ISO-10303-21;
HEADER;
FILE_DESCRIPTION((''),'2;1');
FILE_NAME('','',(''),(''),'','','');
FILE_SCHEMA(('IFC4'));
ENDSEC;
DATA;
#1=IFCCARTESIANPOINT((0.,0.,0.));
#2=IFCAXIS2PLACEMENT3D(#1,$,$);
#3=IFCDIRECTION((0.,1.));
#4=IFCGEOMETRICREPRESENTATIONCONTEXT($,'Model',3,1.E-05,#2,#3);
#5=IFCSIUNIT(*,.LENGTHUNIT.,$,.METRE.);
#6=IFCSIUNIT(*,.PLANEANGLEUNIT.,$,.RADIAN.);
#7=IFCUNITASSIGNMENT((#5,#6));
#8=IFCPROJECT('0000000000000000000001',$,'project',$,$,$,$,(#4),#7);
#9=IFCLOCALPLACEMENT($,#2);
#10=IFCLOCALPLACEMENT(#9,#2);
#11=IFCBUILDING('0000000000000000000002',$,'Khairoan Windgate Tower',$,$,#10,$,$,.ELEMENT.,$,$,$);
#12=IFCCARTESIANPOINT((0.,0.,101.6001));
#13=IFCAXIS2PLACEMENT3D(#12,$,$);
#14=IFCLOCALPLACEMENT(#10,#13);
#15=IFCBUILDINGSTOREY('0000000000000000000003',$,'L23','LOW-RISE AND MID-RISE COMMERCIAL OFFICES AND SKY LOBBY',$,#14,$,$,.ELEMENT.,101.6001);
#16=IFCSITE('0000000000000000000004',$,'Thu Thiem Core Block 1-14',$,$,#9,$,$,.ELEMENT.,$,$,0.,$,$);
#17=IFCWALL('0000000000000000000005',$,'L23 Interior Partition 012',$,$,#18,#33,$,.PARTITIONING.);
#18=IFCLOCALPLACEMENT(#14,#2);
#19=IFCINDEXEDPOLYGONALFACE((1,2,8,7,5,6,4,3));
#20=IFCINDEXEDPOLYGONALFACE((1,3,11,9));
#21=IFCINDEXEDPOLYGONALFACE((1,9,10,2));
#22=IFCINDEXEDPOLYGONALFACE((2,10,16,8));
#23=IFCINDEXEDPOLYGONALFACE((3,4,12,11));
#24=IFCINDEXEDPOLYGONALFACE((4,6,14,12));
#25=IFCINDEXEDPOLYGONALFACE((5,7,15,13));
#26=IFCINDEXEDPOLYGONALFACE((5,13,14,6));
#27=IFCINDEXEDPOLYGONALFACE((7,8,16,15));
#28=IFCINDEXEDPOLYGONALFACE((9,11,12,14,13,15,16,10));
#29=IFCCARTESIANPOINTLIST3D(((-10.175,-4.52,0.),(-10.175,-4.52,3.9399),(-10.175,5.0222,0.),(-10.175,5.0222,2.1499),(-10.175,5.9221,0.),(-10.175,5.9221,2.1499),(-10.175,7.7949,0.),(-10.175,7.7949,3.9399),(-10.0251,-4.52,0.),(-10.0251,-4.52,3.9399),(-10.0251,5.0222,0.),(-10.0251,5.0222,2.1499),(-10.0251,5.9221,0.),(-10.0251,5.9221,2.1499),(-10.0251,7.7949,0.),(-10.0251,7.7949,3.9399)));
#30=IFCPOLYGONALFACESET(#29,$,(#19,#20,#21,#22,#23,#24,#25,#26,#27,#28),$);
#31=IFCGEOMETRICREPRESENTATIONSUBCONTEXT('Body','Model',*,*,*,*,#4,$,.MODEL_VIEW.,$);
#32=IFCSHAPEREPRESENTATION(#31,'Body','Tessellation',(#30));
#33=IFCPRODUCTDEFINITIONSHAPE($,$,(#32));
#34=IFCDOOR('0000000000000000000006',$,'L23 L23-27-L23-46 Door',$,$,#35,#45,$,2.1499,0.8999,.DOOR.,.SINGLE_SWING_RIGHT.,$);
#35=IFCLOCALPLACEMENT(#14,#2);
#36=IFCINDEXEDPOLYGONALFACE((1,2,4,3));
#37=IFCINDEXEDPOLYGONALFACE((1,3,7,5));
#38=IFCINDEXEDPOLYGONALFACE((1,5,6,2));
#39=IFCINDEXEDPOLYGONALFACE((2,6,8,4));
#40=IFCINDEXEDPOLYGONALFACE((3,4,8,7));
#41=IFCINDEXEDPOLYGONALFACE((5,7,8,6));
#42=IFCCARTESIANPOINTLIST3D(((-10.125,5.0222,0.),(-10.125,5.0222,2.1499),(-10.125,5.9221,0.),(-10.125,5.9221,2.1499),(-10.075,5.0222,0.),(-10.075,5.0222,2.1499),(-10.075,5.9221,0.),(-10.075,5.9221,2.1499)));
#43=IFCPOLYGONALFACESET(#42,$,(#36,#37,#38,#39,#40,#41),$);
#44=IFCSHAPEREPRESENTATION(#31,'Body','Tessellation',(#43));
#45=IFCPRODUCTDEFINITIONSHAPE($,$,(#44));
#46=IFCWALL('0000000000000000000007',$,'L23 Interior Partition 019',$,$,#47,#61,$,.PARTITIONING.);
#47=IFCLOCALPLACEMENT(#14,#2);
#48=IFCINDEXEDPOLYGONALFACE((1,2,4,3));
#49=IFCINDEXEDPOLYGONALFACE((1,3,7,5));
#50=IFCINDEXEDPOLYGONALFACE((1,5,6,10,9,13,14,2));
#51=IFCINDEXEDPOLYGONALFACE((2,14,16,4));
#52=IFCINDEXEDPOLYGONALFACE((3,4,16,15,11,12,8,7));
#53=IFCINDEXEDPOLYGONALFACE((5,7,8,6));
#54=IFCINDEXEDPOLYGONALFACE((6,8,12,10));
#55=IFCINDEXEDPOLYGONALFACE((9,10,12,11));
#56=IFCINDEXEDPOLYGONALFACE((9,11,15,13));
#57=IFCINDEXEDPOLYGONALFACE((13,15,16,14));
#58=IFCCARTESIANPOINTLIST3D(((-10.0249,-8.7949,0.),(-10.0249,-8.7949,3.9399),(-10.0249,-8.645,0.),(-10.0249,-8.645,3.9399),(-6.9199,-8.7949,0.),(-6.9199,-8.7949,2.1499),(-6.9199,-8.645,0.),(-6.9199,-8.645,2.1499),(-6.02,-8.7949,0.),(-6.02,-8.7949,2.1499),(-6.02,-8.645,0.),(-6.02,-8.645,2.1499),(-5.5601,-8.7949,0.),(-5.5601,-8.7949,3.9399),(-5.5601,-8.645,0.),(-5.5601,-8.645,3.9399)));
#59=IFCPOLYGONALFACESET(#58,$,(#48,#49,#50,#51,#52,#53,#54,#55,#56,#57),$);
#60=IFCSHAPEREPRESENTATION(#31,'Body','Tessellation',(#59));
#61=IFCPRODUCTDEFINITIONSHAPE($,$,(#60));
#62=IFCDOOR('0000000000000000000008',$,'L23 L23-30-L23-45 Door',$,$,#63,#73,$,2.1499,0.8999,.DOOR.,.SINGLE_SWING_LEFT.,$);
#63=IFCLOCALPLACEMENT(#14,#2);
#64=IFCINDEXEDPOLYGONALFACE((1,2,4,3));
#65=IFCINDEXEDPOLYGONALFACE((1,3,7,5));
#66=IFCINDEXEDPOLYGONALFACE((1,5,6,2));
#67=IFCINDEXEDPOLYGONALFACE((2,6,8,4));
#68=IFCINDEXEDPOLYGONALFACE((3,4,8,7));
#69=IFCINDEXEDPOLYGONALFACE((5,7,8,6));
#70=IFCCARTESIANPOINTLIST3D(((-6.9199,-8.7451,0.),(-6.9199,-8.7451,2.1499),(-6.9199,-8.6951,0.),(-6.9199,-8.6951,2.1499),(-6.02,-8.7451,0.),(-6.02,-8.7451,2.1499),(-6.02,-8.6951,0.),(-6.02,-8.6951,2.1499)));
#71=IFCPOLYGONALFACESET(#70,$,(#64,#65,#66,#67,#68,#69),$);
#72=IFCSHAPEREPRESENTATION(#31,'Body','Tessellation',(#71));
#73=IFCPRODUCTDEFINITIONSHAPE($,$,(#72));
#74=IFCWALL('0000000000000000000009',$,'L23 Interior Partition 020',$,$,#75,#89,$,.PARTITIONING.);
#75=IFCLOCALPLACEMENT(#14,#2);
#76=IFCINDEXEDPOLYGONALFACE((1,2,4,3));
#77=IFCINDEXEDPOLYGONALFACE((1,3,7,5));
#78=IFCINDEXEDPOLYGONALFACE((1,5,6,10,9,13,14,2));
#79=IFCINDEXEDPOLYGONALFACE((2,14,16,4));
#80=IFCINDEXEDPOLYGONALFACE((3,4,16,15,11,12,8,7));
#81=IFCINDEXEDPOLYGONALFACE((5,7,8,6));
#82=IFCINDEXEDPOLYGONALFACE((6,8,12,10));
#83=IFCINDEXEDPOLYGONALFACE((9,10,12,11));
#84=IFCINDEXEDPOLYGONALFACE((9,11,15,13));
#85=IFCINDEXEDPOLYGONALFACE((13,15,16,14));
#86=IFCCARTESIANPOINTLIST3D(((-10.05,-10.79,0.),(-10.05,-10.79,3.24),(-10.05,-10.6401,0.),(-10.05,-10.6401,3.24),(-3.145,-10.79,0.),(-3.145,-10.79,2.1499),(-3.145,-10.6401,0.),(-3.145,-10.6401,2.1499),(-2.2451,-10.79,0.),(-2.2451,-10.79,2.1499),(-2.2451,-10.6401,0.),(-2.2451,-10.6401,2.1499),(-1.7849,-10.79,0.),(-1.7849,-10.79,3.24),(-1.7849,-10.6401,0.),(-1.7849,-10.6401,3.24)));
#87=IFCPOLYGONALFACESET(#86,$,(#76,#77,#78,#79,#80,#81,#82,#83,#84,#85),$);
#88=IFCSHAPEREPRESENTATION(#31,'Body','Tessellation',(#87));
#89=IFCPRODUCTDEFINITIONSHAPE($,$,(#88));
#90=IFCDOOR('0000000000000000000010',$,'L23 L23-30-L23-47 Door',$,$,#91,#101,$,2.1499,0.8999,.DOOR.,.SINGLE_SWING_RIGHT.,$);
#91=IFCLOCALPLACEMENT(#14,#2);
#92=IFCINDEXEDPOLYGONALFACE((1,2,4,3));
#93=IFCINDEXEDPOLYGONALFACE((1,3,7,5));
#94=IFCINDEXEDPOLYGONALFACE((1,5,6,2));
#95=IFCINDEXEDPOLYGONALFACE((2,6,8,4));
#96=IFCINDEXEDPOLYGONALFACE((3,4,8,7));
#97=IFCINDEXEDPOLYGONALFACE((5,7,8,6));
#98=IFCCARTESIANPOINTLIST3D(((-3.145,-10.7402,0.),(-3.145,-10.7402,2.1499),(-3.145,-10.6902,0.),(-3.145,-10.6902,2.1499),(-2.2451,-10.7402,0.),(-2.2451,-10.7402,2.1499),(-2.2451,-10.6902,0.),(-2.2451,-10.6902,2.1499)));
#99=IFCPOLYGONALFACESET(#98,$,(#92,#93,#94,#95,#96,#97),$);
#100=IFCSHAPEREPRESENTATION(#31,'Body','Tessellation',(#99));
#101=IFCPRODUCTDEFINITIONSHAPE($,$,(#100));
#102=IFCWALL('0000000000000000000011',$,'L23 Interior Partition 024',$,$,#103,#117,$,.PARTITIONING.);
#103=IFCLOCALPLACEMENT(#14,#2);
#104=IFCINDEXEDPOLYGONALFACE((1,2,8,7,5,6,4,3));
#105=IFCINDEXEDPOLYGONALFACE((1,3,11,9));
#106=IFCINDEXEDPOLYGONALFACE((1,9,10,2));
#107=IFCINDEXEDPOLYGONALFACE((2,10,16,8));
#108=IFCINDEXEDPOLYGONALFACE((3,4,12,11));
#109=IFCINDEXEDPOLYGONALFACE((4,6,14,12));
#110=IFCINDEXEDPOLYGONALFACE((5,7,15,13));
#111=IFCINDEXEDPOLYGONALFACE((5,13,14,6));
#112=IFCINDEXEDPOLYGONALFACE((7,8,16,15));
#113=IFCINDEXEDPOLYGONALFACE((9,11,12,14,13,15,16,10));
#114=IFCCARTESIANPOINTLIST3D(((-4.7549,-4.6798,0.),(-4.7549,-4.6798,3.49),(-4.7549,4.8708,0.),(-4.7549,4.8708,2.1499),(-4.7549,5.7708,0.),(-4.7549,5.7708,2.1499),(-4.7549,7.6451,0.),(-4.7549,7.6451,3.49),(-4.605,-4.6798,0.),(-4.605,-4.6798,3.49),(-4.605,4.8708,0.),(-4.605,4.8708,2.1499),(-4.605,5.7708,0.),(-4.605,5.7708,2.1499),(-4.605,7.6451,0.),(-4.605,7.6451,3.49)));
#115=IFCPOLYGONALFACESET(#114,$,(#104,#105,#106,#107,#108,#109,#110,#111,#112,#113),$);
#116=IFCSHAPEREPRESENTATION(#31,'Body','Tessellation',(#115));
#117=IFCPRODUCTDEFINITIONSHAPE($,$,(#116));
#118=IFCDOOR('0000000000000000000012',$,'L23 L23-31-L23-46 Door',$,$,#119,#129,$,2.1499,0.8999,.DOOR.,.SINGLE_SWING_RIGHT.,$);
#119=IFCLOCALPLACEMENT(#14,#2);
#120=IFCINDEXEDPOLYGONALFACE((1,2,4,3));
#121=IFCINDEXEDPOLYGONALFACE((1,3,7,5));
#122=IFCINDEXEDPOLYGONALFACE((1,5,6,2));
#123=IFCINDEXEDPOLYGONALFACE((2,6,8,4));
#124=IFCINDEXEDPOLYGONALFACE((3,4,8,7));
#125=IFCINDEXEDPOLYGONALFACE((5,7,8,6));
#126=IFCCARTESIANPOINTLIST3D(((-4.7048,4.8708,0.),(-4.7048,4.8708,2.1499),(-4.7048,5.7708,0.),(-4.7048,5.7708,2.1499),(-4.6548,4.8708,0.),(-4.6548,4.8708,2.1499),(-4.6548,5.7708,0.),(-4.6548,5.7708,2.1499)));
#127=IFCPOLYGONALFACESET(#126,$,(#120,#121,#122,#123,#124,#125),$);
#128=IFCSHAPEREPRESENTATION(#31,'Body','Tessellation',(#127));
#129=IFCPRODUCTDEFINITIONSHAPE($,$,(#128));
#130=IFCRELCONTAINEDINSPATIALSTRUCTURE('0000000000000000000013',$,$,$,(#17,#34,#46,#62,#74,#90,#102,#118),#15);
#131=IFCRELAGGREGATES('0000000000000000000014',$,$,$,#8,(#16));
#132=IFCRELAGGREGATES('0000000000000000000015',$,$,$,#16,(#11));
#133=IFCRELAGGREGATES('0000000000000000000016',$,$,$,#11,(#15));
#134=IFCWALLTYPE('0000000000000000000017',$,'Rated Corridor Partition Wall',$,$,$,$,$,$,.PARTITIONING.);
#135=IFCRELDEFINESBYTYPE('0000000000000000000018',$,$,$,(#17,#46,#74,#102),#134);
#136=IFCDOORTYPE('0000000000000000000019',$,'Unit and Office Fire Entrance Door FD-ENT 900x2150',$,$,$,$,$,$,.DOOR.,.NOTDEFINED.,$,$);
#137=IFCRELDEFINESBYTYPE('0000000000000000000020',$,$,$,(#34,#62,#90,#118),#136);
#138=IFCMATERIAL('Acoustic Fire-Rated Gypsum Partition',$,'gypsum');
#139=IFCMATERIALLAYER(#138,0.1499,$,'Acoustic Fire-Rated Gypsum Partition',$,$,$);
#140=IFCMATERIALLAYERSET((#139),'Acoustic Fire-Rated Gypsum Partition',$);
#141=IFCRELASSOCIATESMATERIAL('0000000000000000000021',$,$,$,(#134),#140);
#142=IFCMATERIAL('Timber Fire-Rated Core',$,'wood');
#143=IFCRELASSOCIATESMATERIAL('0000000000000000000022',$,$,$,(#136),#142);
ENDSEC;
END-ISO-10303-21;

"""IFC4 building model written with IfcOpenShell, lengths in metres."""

from ifc_helpers import new_model, si_unit, direction, frame, frame_2d, origin, place, context, subcontext, project, spatial, rectangle, extrude, material, layer, layer_set, type_object, element, fill, save


model = new_model("IFC4")

# Units and contexts
model_context = context("Model", 3, precision=1e-05, world=origin(), true_north=direction((0.0, 1.0)))
body_context = subcontext(model_context, "Body", "Model", "MODEL_VIEW")
ifc_project = project(units=[si_unit("LENGTHUNIT", "METRE"), si_unit("PLANEANGLEUNIT", "RADIAN")], contexts=[model_context])

# Site, building, storey
site_placement = place(None, origin())
site = spatial("IfcSite", under=ifc_project, at=site_placement, Name="Thu Thiem Core Block 1-14", CompositionType="ELEMENT", RefElevation=0.0)
building_placement = place(site_placement, origin())
building = spatial("IfcBuilding", under=site, at=building_placement, Name="Khairoan Windgate Tower", CompositionType="ELEMENT")
storey_placement = place(building_placement, frame((0.0, 0.0, 101.6001)))
storey = spatial("IfcBuildingStorey", under=building, at=storey_placement, Name="L23", Description="LOW-RISE AND MID-RISE COMMERCIAL OFFICES AND SKY LOBBY", CompositionType="ELEMENT", Elevation=101.6001)

# Walls, openings, doors
ifc_material_1 = material(Name="Acoustic Fire-Rated Gypsum Partition", Category="gypsum")
ifc_layer_1 = layer(ifc_material_1, 0.1499, Name="Acoustic Fire-Rated Gypsum Partition")
ifc_layer_set_1 = layer_set([ifc_layer_1], Name="Acoustic Fire-Rated Gypsum Partition")
wall_type_1 = type_object("IfcWallType", Name="Rated Corridor Partition Wall", PredefinedType="PARTITIONING", material=ifc_layer_set_1)
ifc_material_2 = material(Name="Timber Fire-Rated Core", Category="wood")
door_type = type_object("IfcDoorType", Name="Unit and Office Fire Entrance Door FD-ENT 900x2150", OperationType="NOTDEFINED", PredefinedType="DOOR", material=ifc_material_2)
wall_1_placement = place(storey_placement, frame((-10.1001, -4.52, 0.0), z_axis=(0.0, 0.0, 1.0), x_axis=(0.0, 1.0, 0.0)))
wall_1 = element("IfcWall", 1, at=wall_1_placement, inside=storey, type_object=wall_type_1, Name="L23 Interior Partition 012", PredefinedType="PARTITIONING", context=body_context, shape_type="SweptSolid", body=[
    extrude(rectangle(XDim=12.3149, YDim=0.1499, at=frame_2d((6.1575, 0.0))), origin(), (0.0, 0.0, 1.0), 3.9399),
])
opening_1_placement = place(wall_1_placement, frame((9.5422, 0.0, 0.0)))
opening_1 = element("IfcOpeningElement", 2, at=opening_1_placement, cuts=wall_1, PredefinedType="OPENING", context=body_context, shape_type="SweptSolid", body=[
    extrude(rectangle(XDim=0.8999, YDim=2.1499, at=frame_2d((0.45, 1.075))), frame((0.0, 0.085, 0.0), z_axis=(0.0, -1.0, 0.0), x_axis=(1.0, 0.0, 0.0)), (0.0, 0.0, 1.0), 0.1699),
])
door_1_placement = place(opening_1_placement, origin())
door_1 = element("IfcDoor", 3, at=door_1_placement, inside=storey, type_object=door_type, Name="L23 L23-27-L23-46 Door", OperationType="SINGLE_SWING_RIGHT", OverallHeight=2.1499, OverallWidth=0.8999, PredefinedType="DOOR", context=body_context, shape_type="SweptSolid", body=[
    extrude(rectangle(XDim=0.8999, YDim=2.1499, at=frame_2d((0.45, 1.075))), frame((0.0, 0.0249, 0.0), z_axis=(0.0, -1.0, 0.0), x_axis=(1.0, 0.0, 0.0)), (0.0, 0.0, 1.0), 0.05),
])
fill(opening_1, door_1)
wall_2_placement = place(storey_placement, frame((-10.0249, -8.72, 0.0), z_axis=(0.0, 0.0, 1.0), x_axis=(1.0, 0.0, 0.0)))
wall_2 = element("IfcWall", 4, at=wall_2_placement, inside=storey, type_object=wall_type_1, Name="L23 Interior Partition 019", PredefinedType="PARTITIONING", context=body_context, shape_type="SweptSolid", body=[
    extrude(rectangle(XDim=4.4648, YDim=0.1499, at=frame_2d((2.2324, 0.0))), origin(), (0.0, 0.0, 1.0), 3.9399),
])
opening_2_placement = place(wall_2_placement, frame((3.105, 0.0, 0.0)))
opening_2 = element("IfcOpeningElement", 5, at=opening_2_placement, cuts=wall_2, PredefinedType="OPENING", context=body_context, shape_type="SweptSolid", body=[
    extrude(rectangle(XDim=0.8999, YDim=2.1499, at=frame_2d((0.45, 1.075))), frame((0.0, 0.085, 0.0), z_axis=(0.0, -1.0, 0.0), x_axis=(1.0, 0.0, 0.0)), (0.0, 0.0, 1.0), 0.1699),
])
door_2_placement = place(opening_2_placement, origin())
door_2 = element("IfcDoor", 6, at=door_2_placement, inside=storey, type_object=door_type, Name="L23 L23-30-L23-45 Door", OperationType="SINGLE_SWING_LEFT", OverallHeight=2.1499, OverallWidth=0.8999, PredefinedType="DOOR", context=body_context, shape_type="SweptSolid", body=[
    extrude(rectangle(XDim=0.8999, YDim=2.1499, at=frame_2d((0.45, 1.075))), frame((0.0, 0.0249, 0.0), z_axis=(0.0, -1.0, 0.0), x_axis=(1.0, 0.0, 0.0)), (0.0, 0.0, 1.0), 0.05),
])
fill(opening_2, door_2)
wall_3_placement = place(storey_placement, frame((-10.05, -10.7151, 0.0), z_axis=(0.0, 0.0, 1.0), x_axis=(1.0, 0.0, 0.0)))
wall_3 = element("IfcWall", 7, at=wall_3_placement, inside=storey, type_object=wall_type_1, Name="L23 Interior Partition 020", PredefinedType="PARTITIONING", context=body_context, shape_type="SweptSolid", body=[
    extrude(rectangle(XDim=8.2651, YDim=0.1499, at=frame_2d((4.1326, 0.0))), origin(), (0.0, 0.0, 1.0), 3.24),
])
opening_3_placement = place(wall_3_placement, frame((6.905, 0.0, 0.0)))
opening_3 = element("IfcOpeningElement", 8, at=opening_3_placement, cuts=wall_3, PredefinedType="OPENING", context=body_context, shape_type="SweptSolid", body=[
    extrude(rectangle(XDim=0.8999, YDim=2.1499, at=frame_2d((0.45, 1.075))), frame((0.0, 0.085, 0.0), z_axis=(0.0, -1.0, 0.0), x_axis=(1.0, 0.0, 0.0)), (0.0, 0.0, 1.0), 0.1699),
])
door_3_placement = place(opening_3_placement, origin())
door_3 = element("IfcDoor", 9, at=door_3_placement, inside=storey, type_object=door_type, Name="L23 L23-30-L23-47 Door", OperationType="SINGLE_SWING_RIGHT", OverallHeight=2.1499, OverallWidth=0.8999, PredefinedType="DOOR", context=body_context, shape_type="SweptSolid", body=[
    extrude(rectangle(XDim=0.8999, YDim=2.1499, at=frame_2d((0.45, 1.075))), frame((0.0, 0.0249, 0.0), z_axis=(0.0, -1.0, 0.0), x_axis=(1.0, 0.0, 0.0)), (0.0, 0.0, 1.0), 0.05),
])
fill(opening_3, door_3)
wall_4_placement = place(storey_placement, frame((-4.6799, -4.6799, 0.0), z_axis=(0.0, 0.0, 1.0), x_axis=(0.0, 1.0, 0.0)))
wall_4 = element("IfcWall", 10, at=wall_4_placement, inside=storey, type_object=wall_type_1, Name="L23 Interior Partition 024", PredefinedType="PARTITIONING", context=body_context, shape_type="SweptSolid", body=[
    extrude(rectangle(XDim=12.325, YDim=0.1499, at=frame_2d((6.1626, 0.0))), origin(), (0.0, 0.0, 1.0), 3.49),
])
opening_4_placement = place(wall_4_placement, frame((9.5508, 0.0, 0.0)))
opening_4 = element("IfcOpeningElement", 11, at=opening_4_placement, cuts=wall_4, PredefinedType="OPENING", context=body_context, shape_type="SweptSolid", body=[
    extrude(rectangle(XDim=0.8999, YDim=2.1499, at=frame_2d((0.45, 1.075))), frame((0.0, 0.085, 0.0), z_axis=(0.0, -1.0, 0.0), x_axis=(1.0, 0.0, 0.0)), (0.0, 0.0, 1.0), 0.1699),
])
door_4_placement = place(opening_4_placement, origin())
door_4 = element("IfcDoor", 12, at=door_4_placement, inside=storey, type_object=door_type, Name="L23 L23-31-L23-46 Door", OperationType="SINGLE_SWING_RIGHT", OverallHeight=2.1499, OverallWidth=0.8999, PredefinedType="DOOR", context=body_context, shape_type="SweptSolid", body=[
    extrude(rectangle(XDim=0.8999, YDim=2.1499, at=frame_2d((0.45, 1.075))), frame((0.0, 0.0249, 0.0), z_axis=(0.0, -1.0, 0.0), x_axis=(1.0, 0.0, 0.0)), (0.0, 0.0, 1.0), 0.05),
])
fill(opening_4, door_4)

save(model, "model.ifc")
